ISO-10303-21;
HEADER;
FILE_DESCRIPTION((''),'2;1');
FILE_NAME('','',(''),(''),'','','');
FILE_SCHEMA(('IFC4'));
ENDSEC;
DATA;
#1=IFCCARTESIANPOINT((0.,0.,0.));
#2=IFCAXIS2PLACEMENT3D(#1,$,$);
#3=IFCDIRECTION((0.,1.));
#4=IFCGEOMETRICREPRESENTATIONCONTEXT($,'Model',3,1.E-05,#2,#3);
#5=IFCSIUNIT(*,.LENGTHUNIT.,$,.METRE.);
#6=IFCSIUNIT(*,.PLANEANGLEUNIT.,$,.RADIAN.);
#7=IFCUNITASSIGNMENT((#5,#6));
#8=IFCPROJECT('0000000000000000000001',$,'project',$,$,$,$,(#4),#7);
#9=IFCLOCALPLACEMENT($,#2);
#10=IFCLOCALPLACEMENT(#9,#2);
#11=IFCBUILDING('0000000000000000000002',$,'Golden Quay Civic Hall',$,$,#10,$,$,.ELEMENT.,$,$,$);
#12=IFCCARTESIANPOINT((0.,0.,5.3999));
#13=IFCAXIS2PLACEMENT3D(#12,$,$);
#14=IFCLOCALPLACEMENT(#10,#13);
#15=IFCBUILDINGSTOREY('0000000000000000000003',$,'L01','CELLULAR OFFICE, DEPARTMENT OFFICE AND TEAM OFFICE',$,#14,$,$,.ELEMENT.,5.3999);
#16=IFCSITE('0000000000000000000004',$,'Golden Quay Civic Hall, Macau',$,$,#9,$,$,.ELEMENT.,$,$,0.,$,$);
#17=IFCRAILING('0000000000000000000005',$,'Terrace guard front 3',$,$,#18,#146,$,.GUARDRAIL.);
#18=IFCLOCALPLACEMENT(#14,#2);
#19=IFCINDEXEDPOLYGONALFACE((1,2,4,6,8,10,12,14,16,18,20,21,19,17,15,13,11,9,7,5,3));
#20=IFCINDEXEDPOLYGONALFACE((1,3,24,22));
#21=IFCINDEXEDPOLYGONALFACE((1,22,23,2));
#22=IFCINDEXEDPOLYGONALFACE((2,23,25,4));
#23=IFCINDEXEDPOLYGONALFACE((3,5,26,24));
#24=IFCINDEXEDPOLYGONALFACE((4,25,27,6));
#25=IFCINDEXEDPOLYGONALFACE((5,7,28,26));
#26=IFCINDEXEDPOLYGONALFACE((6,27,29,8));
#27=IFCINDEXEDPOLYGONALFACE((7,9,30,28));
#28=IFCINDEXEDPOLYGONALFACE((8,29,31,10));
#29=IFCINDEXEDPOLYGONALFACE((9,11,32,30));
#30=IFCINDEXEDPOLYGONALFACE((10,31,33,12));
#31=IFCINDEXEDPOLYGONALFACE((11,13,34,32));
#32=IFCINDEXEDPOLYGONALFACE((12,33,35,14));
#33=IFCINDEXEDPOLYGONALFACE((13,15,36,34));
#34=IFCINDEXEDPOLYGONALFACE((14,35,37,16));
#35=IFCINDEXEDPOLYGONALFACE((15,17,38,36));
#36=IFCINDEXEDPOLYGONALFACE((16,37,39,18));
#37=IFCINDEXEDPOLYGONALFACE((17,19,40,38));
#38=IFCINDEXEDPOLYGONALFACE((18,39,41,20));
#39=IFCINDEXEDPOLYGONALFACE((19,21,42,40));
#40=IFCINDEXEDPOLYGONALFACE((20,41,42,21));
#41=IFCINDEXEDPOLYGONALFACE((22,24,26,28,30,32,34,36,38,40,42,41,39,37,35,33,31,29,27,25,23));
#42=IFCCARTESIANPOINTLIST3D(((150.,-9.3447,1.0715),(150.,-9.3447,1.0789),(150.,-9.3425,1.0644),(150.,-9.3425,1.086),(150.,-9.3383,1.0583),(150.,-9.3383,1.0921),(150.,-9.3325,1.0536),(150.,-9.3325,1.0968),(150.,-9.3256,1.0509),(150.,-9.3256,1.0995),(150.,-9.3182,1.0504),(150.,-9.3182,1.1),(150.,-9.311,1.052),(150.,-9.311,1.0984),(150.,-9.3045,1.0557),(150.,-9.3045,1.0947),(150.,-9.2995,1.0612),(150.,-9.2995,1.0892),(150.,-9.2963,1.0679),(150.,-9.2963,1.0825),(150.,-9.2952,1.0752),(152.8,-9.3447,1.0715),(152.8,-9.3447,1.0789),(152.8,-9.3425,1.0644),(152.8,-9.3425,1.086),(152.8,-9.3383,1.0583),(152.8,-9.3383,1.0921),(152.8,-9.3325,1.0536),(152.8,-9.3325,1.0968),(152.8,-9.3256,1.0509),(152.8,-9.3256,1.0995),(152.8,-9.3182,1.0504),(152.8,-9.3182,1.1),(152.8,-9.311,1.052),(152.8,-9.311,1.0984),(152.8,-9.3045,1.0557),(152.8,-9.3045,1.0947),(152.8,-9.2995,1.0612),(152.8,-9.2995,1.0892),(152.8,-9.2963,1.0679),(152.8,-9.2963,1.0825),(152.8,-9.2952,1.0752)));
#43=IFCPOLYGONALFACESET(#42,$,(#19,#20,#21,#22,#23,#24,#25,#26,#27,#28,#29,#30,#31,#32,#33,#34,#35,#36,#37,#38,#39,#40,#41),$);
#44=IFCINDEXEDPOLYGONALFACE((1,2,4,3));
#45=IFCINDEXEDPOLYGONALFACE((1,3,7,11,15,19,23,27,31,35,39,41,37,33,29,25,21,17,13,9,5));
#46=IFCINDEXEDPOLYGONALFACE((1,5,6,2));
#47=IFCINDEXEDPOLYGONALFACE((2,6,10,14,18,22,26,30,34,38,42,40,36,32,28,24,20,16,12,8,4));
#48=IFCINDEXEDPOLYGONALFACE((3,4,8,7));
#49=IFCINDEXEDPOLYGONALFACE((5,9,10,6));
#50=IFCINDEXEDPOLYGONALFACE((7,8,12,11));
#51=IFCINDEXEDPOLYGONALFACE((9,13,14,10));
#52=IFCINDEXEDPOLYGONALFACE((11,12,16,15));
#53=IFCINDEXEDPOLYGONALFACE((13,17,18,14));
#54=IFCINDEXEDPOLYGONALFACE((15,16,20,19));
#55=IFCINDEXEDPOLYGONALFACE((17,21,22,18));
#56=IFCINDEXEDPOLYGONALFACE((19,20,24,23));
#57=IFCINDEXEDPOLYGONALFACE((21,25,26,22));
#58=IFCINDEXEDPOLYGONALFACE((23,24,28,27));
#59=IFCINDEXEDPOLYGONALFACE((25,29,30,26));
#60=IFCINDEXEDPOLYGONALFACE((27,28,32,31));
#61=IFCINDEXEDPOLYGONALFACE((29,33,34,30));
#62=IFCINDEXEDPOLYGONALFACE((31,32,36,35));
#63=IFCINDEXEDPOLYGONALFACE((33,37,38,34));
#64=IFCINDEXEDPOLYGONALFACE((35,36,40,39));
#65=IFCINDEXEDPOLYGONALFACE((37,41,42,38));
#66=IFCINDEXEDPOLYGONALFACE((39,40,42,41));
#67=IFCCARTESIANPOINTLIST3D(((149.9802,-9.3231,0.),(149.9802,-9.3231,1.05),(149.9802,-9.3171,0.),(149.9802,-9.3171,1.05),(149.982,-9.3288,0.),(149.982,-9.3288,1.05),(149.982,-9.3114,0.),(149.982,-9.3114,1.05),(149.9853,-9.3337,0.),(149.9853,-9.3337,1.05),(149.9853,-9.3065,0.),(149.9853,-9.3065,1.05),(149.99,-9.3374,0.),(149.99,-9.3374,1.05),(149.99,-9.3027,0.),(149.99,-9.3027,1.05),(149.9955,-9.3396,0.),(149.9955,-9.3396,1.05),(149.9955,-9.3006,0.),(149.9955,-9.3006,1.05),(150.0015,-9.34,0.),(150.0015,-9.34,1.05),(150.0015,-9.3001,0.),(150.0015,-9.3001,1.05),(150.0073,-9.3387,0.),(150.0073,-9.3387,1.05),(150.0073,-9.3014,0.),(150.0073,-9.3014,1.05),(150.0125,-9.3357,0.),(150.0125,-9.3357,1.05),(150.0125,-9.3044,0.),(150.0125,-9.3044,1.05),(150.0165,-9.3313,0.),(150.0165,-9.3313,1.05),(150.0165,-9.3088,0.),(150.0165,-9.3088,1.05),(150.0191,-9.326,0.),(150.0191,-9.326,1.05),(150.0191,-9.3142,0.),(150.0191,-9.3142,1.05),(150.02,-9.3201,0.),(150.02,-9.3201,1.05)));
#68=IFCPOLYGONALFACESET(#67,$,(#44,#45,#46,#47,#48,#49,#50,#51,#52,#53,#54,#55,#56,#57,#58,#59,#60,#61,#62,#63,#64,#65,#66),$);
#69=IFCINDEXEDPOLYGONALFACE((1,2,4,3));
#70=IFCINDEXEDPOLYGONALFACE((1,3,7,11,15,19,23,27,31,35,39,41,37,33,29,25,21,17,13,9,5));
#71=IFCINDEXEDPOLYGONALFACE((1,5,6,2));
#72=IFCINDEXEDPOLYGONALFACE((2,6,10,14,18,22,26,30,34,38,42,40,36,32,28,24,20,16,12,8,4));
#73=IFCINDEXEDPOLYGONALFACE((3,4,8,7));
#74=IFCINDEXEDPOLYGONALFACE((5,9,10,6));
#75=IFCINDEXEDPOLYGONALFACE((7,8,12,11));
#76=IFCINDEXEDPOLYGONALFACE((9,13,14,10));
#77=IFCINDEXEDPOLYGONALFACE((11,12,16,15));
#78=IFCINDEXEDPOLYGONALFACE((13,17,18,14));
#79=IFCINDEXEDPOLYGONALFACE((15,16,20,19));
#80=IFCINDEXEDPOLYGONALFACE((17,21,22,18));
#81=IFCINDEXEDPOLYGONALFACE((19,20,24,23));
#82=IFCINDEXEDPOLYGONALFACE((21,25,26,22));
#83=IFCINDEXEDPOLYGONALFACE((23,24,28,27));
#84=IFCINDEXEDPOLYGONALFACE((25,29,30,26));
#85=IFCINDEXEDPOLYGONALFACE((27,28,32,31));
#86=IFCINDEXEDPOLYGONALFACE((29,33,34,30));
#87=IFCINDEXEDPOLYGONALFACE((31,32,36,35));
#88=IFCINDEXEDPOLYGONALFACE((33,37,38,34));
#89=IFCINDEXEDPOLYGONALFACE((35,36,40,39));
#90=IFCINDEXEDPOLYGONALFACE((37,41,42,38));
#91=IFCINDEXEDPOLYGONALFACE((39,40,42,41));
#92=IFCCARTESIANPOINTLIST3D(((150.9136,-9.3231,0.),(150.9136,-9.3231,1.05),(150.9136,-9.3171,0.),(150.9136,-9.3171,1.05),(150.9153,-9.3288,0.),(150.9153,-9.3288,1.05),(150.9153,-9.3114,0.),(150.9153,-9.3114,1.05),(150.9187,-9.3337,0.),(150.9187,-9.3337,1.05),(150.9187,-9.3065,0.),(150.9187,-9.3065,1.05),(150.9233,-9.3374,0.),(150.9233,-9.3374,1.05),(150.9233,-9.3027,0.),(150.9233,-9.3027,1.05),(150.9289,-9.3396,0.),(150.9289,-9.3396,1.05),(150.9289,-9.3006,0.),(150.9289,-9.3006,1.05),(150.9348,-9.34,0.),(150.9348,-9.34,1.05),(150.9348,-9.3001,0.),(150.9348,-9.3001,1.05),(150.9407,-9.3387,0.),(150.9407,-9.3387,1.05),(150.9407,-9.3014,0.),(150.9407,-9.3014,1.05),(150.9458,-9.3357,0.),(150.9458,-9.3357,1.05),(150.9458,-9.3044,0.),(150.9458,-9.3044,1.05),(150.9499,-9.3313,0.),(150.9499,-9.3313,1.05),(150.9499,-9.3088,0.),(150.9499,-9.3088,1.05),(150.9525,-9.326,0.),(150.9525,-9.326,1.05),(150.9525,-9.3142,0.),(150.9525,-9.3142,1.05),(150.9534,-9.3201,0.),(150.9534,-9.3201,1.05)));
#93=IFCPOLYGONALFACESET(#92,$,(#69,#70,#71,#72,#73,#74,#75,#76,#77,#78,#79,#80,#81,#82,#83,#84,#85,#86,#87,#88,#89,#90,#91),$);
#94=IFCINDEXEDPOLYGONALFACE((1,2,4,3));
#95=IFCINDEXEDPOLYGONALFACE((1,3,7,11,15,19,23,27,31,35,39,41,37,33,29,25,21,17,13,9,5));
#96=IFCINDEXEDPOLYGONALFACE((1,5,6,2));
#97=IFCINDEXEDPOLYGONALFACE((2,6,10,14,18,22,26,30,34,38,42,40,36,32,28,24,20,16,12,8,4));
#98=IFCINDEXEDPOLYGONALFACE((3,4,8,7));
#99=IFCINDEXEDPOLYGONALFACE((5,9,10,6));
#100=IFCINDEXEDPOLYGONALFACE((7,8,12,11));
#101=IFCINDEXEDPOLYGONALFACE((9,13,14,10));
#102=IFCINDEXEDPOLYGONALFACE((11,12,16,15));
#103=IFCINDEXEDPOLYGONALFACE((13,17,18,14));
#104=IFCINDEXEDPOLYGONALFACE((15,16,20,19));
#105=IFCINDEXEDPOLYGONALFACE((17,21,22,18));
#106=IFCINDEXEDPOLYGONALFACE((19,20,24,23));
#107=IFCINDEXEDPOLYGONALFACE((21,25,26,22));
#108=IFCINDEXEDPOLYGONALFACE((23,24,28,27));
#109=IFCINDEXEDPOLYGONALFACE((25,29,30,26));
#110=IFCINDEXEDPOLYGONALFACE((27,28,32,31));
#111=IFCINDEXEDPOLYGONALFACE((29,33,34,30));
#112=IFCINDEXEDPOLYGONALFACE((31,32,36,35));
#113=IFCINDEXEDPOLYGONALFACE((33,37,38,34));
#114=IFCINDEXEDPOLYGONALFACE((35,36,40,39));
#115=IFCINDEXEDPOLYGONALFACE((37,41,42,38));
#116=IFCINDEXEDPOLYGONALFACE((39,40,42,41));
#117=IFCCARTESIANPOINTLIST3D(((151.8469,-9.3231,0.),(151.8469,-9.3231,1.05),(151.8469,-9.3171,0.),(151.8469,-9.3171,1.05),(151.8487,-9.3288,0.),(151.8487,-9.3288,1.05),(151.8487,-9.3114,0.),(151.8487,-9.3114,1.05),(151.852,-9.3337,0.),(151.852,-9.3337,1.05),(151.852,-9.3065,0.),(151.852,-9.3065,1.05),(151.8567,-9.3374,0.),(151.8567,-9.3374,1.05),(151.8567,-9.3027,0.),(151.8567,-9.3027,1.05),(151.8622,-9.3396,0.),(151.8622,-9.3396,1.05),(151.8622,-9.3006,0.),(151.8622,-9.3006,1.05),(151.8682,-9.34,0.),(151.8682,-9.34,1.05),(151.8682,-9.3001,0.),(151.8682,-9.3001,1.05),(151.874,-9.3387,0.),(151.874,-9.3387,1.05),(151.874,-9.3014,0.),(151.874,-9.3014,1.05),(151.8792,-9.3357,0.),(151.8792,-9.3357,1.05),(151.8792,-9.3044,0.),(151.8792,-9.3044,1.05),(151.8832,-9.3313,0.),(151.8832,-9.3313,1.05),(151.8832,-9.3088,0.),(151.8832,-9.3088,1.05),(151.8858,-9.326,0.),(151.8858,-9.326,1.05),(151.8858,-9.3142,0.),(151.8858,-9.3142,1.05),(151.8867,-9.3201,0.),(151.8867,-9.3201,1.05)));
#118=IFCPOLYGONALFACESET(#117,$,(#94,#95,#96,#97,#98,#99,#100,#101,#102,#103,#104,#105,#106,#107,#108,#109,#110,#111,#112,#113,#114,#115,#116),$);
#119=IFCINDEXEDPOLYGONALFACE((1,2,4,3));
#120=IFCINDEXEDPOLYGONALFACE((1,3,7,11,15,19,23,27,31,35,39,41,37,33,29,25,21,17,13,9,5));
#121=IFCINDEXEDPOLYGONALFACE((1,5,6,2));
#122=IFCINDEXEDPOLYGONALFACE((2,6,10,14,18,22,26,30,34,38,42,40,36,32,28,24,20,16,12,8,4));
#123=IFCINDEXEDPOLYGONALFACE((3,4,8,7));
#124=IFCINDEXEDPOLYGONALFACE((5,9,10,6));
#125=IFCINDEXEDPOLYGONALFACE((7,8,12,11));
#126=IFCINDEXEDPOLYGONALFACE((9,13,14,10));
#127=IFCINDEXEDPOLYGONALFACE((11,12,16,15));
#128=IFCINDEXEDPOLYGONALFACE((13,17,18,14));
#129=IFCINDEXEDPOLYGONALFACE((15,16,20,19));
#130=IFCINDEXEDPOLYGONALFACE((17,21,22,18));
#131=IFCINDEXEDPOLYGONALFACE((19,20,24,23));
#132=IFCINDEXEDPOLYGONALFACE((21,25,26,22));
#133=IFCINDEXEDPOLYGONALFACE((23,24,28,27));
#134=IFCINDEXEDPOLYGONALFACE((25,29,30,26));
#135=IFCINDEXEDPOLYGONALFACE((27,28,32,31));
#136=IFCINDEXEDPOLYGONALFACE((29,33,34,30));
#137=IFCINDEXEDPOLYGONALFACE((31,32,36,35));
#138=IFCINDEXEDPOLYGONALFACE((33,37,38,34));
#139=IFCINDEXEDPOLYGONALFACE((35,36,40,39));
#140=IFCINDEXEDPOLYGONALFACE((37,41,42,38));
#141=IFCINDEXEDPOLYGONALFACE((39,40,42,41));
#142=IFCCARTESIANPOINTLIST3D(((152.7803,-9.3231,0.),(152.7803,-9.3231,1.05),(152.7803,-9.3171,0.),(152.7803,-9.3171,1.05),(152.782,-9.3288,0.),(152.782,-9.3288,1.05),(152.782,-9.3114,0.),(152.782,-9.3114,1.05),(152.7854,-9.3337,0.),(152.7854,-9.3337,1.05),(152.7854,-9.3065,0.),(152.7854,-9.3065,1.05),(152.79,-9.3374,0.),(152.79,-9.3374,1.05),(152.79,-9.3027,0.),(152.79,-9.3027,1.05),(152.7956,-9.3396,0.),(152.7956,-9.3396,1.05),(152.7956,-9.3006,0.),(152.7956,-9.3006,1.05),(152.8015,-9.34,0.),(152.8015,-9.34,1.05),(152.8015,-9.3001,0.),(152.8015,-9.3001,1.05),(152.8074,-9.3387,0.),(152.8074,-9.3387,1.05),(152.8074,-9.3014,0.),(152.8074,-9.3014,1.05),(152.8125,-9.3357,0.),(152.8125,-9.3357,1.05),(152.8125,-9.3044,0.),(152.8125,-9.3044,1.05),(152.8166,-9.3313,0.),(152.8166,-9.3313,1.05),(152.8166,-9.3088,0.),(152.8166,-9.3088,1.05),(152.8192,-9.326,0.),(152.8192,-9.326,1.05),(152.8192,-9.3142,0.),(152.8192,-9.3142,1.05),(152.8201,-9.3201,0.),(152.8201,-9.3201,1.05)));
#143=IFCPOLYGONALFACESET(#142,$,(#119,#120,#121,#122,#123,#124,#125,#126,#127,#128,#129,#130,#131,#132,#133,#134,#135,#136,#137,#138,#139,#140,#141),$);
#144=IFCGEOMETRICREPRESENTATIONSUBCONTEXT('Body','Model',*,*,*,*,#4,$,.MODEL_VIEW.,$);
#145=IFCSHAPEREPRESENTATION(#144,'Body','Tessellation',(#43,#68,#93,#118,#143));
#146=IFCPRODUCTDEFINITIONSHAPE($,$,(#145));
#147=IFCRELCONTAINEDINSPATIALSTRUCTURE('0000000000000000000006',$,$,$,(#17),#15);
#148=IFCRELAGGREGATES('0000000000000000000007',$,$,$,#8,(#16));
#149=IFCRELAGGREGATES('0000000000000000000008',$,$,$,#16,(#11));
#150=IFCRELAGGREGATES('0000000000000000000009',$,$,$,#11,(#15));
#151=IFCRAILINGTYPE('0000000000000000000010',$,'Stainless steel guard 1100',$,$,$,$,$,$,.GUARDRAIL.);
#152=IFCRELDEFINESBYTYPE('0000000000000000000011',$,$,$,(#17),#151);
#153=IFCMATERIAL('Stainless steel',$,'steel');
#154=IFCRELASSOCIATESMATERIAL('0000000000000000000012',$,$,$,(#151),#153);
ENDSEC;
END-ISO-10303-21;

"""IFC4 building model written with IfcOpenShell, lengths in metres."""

from ifc_helpers import new_model, si_unit, direction, frame, origin, origin_2d, place, context, subcontext, project, spatial, circle, extrude, material, type_object, element, save


model = new_model("IFC4")

# Units and contexts
model_context = context("Model", 3, precision=1e-05, world=origin(), true_north=direction((0.0, 1.0)))
body_context = subcontext(model_context, "Body", "Model", "MODEL_VIEW")
ifc_project = project(units=[si_unit("LENGTHUNIT", "METRE"), si_unit("PLANEANGLEUNIT", "RADIAN")], contexts=[model_context])

# Site, building, storey
site_placement = place(None, origin())
site = spatial("IfcSite", under=ifc_project, at=site_placement, Name="Golden Quay Civic Hall, Macau", CompositionType="ELEMENT", RefElevation=0.0)
building_placement = place(site_placement, origin())
building = spatial("IfcBuilding", under=site, at=building_placement, Name="Golden Quay Civic Hall", CompositionType="ELEMENT")
storey_placement = place(building_placement, frame((0.0, 0.0, 5.3999)))
storey = spatial("IfcBuildingStorey", under=building, at=storey_placement, Name="L01", Description="CELLULAR OFFICE, DEPARTMENT OFFICE AND TEAM OFFICE", CompositionType="ELEMENT", Elevation=5.3999)

# Railing
ifc_material_1 = material(Name="Stainless steel", Category="steel")
railing_type = type_object("IfcRailingType", Name="Stainless steel guard 1100", PredefinedType="GUARDRAIL", material=ifc_material_1)
railing_1_placement = place(storey_placement, frame((150.0, -9.3201, 0.0)))
element("IfcRailing", 1, at=railing_1_placement, inside=storey, type_object=railing_type, Name="Terrace guard front 3", PredefinedType="GUARDRAIL", context=body_context, shape_type="SweptSolid", body=[
    extrude(circle(Radius=0.0249, at=origin_2d()), frame((0.0, 0.0, 1.0752), z_axis=(1.0, 0.0, 0.0), x_axis=(0.0, 1.0, 0.0)), (0.0, 0.0, 1.0), 2.8),
    extrude(circle(Radius=0.02, at=origin_2d()), origin(), (0.0, 0.0, 1.0), 1.05),
    extrude(circle(Radius=0.02, at=origin_2d()), frame((0.9333, 0.0, 0.0)), (0.0, 0.0, 1.0), 1.05),
    extrude(circle(Radius=0.02, at=origin_2d()), frame((1.8667, 0.0, 0.0)), (0.0, 0.0, 1.0), 1.05),
    extrude(circle(Radius=0.02, at=origin_2d()), frame((2.8, 0.0, 0.0)), (0.0, 0.0, 1.0), 1.05),
])

save(model, "model.ifc")
